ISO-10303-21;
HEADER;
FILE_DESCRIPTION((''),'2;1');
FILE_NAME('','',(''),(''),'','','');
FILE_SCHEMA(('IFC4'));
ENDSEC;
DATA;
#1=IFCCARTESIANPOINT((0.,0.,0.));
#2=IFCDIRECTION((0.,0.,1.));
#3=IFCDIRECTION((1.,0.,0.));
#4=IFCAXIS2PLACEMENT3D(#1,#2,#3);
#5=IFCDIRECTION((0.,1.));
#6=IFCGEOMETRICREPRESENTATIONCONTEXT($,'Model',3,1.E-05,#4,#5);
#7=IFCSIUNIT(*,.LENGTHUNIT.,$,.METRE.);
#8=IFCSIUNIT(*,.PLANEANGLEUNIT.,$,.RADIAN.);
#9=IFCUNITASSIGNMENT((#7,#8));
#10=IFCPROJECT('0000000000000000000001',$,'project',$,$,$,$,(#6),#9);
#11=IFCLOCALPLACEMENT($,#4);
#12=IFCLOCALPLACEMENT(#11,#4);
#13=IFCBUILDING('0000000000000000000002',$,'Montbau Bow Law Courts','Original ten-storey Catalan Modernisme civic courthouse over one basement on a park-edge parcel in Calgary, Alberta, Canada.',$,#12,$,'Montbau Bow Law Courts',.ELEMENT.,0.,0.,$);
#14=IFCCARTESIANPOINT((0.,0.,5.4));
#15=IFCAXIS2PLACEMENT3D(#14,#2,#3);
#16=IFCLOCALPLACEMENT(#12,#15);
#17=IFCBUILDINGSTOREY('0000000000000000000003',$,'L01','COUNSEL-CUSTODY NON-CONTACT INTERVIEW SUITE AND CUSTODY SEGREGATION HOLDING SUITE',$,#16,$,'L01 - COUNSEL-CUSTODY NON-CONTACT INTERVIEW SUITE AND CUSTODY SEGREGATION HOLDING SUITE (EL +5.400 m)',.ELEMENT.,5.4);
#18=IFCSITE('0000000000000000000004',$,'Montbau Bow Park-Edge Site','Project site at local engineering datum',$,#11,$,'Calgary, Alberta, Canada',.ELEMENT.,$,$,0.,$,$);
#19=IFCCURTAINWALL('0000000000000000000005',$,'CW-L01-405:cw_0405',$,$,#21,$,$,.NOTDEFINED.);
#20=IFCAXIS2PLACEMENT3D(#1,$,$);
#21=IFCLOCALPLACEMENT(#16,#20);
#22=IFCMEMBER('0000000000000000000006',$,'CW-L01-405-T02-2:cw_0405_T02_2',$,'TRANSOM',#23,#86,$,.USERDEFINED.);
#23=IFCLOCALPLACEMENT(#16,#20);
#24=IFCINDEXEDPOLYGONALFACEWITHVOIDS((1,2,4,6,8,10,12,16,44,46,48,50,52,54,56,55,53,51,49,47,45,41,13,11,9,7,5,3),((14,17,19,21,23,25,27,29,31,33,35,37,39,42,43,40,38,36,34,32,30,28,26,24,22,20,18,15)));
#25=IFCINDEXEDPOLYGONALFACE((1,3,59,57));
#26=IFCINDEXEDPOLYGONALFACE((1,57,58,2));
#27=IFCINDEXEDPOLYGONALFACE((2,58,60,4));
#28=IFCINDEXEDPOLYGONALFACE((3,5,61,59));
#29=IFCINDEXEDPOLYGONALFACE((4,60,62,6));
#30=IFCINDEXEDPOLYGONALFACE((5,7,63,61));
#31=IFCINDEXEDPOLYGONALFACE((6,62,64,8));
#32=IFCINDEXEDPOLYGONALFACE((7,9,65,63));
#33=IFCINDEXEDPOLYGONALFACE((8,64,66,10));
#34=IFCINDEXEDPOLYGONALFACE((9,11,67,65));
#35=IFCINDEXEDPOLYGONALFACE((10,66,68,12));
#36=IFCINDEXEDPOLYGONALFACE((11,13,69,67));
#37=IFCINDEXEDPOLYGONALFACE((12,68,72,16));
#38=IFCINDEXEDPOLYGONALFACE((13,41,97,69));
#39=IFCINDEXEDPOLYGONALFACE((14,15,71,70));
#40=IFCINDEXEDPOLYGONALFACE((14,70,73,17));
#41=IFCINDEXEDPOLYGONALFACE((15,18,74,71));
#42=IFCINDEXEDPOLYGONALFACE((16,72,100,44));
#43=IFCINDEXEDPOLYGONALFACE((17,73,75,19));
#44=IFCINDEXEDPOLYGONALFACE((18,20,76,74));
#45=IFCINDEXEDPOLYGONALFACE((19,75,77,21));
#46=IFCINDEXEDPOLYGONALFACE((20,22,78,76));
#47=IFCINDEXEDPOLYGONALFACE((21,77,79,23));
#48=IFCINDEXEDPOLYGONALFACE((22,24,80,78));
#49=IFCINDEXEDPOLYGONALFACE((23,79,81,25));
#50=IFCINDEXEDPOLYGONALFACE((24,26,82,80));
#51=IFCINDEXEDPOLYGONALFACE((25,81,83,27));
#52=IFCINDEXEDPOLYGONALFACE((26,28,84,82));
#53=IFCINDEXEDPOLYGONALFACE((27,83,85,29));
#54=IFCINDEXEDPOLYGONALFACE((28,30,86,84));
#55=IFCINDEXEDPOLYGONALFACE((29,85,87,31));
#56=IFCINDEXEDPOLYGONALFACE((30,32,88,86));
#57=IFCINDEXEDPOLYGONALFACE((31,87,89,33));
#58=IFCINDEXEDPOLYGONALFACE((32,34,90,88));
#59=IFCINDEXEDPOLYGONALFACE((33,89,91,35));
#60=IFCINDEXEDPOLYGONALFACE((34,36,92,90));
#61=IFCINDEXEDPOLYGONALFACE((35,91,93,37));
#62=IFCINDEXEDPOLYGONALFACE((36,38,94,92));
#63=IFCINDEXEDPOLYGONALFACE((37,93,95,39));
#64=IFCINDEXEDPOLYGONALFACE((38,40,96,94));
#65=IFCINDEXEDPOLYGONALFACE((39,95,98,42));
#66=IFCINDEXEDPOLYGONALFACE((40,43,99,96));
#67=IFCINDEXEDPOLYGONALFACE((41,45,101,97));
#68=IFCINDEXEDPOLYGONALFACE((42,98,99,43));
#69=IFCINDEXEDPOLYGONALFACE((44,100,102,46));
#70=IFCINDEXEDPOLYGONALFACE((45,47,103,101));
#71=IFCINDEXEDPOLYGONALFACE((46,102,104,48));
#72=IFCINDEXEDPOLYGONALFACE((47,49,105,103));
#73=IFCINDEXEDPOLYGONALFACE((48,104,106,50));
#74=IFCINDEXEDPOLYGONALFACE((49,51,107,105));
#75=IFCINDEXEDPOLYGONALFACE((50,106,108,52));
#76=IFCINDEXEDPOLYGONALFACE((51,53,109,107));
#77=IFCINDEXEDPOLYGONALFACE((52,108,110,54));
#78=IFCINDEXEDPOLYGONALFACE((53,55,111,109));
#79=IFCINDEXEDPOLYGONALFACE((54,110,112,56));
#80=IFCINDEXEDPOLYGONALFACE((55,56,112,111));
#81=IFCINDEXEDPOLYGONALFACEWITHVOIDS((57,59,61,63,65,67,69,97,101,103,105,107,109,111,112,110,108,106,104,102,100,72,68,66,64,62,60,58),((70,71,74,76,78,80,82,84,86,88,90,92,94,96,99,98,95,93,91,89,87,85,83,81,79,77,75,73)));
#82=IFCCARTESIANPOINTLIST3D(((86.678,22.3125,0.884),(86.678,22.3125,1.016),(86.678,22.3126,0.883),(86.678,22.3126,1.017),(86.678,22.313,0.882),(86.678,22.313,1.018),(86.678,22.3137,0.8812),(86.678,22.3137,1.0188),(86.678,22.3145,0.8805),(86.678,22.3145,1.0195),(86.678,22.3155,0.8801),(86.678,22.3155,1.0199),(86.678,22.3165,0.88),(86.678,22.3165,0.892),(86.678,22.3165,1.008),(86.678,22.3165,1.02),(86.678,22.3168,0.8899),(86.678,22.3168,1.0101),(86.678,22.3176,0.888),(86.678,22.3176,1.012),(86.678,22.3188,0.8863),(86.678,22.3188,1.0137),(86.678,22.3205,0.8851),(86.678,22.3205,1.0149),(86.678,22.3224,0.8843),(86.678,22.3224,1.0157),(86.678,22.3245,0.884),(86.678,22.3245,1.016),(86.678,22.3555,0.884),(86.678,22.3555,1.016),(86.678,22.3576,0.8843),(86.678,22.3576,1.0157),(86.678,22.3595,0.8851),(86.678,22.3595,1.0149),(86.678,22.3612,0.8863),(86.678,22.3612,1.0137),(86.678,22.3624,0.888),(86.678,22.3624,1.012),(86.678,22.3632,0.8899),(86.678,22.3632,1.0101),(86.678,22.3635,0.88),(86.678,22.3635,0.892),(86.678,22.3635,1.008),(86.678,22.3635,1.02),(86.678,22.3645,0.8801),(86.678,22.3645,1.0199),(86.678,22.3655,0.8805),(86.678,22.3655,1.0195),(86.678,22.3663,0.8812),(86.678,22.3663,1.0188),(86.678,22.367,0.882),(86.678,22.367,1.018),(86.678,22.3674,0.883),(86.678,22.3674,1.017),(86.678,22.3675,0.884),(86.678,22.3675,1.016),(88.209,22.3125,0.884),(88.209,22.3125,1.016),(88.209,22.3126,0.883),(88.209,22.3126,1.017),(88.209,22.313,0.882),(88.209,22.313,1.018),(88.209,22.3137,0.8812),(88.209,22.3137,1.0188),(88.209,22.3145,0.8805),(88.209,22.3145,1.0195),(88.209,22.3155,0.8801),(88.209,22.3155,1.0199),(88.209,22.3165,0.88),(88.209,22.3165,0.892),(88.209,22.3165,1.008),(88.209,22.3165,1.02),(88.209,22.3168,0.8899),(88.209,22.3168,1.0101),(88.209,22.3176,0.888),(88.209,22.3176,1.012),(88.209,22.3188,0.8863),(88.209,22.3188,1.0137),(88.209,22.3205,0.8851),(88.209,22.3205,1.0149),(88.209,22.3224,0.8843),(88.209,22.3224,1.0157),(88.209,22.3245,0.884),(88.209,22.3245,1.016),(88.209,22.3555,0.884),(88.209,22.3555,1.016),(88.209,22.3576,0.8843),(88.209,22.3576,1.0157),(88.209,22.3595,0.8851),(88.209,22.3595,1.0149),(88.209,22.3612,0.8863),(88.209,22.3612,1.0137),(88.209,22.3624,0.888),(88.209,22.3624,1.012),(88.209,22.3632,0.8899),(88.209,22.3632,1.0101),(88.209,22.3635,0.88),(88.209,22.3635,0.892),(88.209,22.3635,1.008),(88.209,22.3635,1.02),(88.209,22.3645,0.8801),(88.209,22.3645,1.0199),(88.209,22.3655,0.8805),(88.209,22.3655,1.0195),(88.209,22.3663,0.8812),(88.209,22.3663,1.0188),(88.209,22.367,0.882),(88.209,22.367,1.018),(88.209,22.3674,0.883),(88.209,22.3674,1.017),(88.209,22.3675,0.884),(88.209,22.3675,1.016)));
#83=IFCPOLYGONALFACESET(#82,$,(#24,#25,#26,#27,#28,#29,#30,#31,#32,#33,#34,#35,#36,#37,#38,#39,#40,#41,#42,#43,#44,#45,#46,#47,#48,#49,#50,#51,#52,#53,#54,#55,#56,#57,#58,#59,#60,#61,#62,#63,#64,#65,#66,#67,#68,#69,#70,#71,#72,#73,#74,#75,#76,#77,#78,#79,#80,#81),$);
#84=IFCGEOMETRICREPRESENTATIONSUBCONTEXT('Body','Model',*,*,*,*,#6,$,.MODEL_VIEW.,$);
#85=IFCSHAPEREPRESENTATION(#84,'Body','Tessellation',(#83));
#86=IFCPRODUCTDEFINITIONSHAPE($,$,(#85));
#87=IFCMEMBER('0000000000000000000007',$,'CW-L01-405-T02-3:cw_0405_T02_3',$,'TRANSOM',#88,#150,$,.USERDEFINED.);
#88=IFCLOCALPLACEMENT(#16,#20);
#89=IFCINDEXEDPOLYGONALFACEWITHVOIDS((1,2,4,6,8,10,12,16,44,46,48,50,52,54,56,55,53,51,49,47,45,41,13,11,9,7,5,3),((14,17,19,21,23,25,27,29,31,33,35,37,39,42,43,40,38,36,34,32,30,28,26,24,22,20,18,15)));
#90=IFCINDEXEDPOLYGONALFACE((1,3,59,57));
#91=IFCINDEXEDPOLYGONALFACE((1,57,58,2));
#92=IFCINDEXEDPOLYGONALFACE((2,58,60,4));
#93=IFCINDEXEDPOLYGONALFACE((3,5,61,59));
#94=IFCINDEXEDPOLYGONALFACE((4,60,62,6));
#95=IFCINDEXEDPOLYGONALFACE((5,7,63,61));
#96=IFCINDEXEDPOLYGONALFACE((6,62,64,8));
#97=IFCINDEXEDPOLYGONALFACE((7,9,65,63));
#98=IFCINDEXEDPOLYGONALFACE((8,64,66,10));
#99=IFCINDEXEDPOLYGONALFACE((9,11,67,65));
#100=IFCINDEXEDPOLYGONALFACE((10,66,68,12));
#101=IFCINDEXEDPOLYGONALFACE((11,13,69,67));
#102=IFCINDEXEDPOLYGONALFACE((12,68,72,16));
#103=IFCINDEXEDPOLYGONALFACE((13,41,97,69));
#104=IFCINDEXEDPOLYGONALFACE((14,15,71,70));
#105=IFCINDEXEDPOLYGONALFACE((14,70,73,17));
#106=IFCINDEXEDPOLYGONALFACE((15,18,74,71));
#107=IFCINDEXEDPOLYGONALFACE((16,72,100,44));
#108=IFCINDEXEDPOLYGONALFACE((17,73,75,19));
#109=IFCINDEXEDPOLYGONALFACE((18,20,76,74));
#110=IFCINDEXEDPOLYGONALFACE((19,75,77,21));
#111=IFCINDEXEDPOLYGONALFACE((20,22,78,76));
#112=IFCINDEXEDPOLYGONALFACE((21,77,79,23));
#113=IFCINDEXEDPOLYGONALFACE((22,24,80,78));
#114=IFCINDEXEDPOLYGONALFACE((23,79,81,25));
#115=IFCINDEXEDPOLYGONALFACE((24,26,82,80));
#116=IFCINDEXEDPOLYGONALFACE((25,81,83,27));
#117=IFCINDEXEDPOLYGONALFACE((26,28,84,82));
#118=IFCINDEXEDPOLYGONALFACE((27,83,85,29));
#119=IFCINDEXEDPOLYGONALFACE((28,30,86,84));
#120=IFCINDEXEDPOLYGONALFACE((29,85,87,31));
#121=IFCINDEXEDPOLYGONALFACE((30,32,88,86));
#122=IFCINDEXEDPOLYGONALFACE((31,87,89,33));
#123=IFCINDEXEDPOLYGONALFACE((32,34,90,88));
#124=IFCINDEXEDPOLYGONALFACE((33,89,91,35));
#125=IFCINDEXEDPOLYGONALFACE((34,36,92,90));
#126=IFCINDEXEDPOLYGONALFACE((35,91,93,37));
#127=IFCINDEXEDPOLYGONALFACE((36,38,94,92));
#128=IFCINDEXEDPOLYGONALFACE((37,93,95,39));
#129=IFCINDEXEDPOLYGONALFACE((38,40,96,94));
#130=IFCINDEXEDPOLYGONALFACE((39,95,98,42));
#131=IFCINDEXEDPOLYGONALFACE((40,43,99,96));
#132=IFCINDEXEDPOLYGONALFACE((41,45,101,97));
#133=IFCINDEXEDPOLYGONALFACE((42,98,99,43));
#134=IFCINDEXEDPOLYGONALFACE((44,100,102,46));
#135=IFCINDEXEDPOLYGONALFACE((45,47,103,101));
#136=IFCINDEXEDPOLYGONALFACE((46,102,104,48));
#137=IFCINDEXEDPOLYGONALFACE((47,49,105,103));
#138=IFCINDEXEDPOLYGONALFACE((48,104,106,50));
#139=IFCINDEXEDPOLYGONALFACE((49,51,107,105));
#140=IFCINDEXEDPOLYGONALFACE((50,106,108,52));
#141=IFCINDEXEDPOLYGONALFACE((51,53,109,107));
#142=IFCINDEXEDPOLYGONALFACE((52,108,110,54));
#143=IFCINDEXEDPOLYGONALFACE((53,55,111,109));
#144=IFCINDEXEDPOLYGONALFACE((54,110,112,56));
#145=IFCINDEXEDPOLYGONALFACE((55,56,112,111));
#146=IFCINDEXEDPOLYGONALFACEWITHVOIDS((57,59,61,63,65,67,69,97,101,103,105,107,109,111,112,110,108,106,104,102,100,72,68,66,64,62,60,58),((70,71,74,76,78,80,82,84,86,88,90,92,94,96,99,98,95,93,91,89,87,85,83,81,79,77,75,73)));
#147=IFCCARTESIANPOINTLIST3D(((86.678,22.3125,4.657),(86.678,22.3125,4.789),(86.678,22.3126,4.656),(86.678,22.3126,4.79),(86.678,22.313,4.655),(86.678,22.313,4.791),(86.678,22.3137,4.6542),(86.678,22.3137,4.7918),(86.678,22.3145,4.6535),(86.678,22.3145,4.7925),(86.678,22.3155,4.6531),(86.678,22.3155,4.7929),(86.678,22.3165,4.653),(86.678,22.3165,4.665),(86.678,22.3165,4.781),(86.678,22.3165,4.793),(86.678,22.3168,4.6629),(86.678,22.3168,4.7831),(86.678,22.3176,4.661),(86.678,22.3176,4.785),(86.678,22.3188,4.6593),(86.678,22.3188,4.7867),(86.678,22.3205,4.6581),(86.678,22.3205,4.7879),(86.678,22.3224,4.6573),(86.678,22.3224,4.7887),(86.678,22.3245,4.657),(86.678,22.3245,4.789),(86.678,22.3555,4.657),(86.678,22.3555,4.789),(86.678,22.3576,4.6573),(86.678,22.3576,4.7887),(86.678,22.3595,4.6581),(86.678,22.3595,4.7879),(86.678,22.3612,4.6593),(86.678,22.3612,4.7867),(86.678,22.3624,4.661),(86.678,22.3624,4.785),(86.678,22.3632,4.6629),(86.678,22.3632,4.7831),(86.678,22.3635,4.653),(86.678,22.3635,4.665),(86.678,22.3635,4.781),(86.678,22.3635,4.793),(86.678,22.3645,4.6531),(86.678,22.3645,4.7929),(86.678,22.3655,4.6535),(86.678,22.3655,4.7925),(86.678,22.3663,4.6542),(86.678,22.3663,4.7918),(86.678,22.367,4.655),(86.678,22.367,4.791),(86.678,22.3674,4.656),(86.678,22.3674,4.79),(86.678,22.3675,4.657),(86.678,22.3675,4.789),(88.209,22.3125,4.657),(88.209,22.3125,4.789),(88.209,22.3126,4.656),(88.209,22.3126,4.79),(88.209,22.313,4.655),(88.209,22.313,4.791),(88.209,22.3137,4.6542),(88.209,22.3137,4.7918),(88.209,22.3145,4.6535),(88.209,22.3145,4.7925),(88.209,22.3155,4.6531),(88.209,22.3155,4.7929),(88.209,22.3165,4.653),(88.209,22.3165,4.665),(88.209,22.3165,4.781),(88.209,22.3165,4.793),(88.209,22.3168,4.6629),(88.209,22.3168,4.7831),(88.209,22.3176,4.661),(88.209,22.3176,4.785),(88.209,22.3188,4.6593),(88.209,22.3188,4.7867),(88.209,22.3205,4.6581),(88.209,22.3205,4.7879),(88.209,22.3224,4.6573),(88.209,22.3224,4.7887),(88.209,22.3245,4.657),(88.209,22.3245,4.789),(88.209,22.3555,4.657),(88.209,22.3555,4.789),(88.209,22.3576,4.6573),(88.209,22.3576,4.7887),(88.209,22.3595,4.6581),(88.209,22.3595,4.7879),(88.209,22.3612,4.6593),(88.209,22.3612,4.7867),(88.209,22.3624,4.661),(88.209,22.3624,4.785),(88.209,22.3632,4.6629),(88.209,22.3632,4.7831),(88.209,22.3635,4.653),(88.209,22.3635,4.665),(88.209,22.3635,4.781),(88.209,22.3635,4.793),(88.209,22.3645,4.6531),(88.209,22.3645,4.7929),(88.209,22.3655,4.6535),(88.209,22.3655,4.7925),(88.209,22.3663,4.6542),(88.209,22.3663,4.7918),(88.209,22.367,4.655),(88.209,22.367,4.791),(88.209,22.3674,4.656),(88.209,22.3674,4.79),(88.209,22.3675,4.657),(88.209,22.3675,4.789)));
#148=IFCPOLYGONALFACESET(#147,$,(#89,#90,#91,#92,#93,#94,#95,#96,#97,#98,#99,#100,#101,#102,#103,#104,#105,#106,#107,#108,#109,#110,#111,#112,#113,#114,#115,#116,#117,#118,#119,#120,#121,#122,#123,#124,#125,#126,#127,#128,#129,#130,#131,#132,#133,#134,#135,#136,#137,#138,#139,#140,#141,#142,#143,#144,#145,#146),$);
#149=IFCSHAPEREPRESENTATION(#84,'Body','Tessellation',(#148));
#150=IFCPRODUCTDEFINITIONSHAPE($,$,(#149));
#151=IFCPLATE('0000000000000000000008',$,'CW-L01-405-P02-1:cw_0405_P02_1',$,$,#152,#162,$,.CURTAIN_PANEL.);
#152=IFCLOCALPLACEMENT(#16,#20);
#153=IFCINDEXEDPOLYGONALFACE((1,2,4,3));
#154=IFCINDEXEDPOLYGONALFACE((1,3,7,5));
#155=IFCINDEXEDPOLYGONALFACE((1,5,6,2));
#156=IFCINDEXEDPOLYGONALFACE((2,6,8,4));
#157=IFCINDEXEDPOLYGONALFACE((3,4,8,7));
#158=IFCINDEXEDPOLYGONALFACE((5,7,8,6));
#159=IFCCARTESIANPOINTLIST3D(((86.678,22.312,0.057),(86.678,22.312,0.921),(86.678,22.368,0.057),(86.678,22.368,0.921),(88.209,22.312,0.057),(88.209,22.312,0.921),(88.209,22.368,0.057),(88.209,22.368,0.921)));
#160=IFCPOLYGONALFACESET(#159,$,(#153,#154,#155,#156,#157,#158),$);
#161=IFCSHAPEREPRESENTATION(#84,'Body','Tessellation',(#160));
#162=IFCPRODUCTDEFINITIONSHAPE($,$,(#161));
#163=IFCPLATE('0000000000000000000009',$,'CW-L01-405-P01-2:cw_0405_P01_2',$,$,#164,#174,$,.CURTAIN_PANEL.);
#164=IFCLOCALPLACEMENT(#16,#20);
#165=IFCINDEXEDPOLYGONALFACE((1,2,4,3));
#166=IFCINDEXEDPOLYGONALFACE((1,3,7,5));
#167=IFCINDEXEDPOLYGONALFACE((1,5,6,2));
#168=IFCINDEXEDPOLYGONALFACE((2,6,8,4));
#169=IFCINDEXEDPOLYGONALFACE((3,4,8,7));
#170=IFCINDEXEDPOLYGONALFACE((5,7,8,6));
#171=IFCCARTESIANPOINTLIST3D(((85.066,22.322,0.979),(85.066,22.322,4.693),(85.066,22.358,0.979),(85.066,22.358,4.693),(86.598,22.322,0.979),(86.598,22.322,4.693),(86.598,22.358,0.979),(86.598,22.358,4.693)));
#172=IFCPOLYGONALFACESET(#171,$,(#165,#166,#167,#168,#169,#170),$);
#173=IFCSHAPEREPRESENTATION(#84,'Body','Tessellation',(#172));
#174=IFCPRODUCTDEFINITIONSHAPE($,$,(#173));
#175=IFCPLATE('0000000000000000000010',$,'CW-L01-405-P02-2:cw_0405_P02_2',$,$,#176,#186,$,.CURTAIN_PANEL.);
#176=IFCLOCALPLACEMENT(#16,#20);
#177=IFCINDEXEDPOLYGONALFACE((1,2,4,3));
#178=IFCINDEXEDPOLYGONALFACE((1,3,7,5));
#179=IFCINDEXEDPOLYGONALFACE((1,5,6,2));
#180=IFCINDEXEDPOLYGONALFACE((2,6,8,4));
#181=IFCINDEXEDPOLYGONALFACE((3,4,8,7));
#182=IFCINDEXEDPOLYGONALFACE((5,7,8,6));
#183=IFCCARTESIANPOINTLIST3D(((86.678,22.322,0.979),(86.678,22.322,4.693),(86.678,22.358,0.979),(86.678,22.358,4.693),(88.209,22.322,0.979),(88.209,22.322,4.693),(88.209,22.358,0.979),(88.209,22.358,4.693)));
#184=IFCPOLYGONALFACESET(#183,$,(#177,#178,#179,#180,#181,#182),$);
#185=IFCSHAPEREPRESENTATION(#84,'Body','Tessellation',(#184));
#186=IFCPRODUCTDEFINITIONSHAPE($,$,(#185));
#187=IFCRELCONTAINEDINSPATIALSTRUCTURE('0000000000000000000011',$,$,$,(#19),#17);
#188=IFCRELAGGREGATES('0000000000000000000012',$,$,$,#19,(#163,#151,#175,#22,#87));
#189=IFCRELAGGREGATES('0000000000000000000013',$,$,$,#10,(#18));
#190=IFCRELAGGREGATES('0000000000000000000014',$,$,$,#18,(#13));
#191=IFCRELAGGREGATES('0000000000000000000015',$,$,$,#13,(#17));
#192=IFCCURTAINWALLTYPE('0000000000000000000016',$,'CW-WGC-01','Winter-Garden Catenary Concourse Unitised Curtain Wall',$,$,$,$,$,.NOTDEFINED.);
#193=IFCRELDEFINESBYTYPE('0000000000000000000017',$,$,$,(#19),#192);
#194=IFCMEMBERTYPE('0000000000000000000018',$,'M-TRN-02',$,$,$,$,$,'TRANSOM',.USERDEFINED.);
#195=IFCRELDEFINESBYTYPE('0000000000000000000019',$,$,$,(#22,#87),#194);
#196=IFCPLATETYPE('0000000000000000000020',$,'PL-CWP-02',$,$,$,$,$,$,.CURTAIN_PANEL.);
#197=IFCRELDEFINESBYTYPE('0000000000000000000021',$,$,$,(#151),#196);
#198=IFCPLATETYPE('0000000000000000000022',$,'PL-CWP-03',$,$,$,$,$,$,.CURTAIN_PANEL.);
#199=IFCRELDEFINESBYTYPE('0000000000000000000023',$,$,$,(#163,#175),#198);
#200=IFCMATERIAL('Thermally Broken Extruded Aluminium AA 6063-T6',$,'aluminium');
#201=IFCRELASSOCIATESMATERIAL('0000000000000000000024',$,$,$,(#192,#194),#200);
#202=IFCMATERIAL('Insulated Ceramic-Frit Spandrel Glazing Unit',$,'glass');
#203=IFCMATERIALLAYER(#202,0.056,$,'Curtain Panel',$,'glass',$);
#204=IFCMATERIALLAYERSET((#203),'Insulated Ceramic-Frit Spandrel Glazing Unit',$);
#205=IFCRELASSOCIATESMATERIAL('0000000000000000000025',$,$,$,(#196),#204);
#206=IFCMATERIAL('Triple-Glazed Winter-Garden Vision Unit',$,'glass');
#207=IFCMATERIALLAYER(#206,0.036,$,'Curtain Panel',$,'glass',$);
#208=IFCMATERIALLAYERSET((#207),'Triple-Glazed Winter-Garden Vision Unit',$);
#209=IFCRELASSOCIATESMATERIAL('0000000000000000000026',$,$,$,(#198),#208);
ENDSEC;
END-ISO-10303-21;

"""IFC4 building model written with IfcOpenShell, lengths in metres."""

from ifc_helpers import new_model, si_unit, direction, frame, frame_2d, origin_with_axes, origin_2d_with_axis, place, context, subcontext, project, spatial, rectangle, hollow_rectangle, extrude, material, layer, layer_set, material_profile, profile_set, type_object, element, aggregate, save


model = new_model("IFC4")

# Units and contexts
model_context = context("Model", 3, precision=1e-05, world=origin_with_axes(), true_north=direction((0.0, 1.0)))
body_context = subcontext(model_context, "Body", "Model", "MODEL_VIEW")
ifc_project = project(units=[si_unit("LENGTHUNIT", "METRE"), si_unit("PLANEANGLEUNIT", "RADIAN")], contexts=[model_context])

# Site, building, storey
site_placement = place(None, origin_with_axes())
site = spatial("IfcSite", under=ifc_project, at=site_placement, Name="Montbau Bow Park-Edge Site", Description="Project site at local engineering datum", LongName="Calgary, Alberta, Canada", CompositionType="ELEMENT", RefElevation=0.0)
building_placement = place(site_placement, origin_with_axes())
building = spatial("IfcBuilding", under=site, at=building_placement, Name="Montbau Bow Law Courts", Description="Original ten-storey Catalan Modernisme civic courthouse over one basement on a park-edge parcel in Calgary, Alberta, Canada.", LongName="Montbau Bow Law Courts", CompositionType="ELEMENT", ElevationOfRefHeight=0.0, ElevationOfTerrain=0.0)
storey_placement = place(building_placement, frame((0.0, 0.0, 5.4), z_axis=(0.0, 0.0, 1.0), x_axis=(1.0, 0.0, 0.0)))
storey = spatial("IfcBuildingStorey", under=building, at=storey_placement, Name="L01", Description="COUNSEL-CUSTODY NON-CONTACT INTERVIEW SUITE AND CUSTODY SEGREGATION HOLDING SUITE", LongName="L01 - COUNSEL-CUSTODY NON-CONTACT INTERVIEW SUITE AND CUSTODY SEGREGATION HOLDING SUITE (EL +5.400 m)", CompositionType="ELEMENT", Elevation=5.4)

# Curtain wall, members, plates
ifc_material_1 = material(Name="Thermally Broken Extruded Aluminium AA 6063-T6", Category="aluminium")
curtain_wall_type = type_object("IfcCurtainWallType", Name="CW-WGC-01", Description="Winter-Garden Catenary Concourse Unitised Curtain Wall", PredefinedType="NOTDEFINED", material=ifc_material_1)
curtain_wall_placement = place(None, frame((84.99, 22.34, 5.4), z_axis=(0.0, 0.0, 1.0), x_axis=(1.0, 0.0, 0.0)))
curtain_wall = element("IfcCurtainWall", 1, at=curtain_wall_placement, inside=storey, type_object=curtain_wall_type, Name="CW-L01-405:cw_0405", PredefinedType="NOTDEFINED")
ifc_material_profile_1 = material_profile(ifc_material_1, hollow_rectangle(XDim=0.055, YDim=0.14, WallThickness=0.004, InnerFilletRadius=0.008, OuterFilletRadius=0.004, at=origin_2d_with_axis()), Name="CWT-140X55", Category="Main", Priority=0)
ifc_profile_set_1 = profile_set([ifc_material_profile_1], Name="Thermally Broken Extruded Aluminium AA 6063-T6")
member_type_1 = type_object("IfcMemberType", Name="M-TRN-02", ElementType="TRANSOM", PredefinedType="USERDEFINED", material=ifc_profile_set_1)
member_1_placement = place(None, frame((86.678, 22.34, 6.35), z_axis=(1.0, 0.0, 0.0), x_axis=(0.0, 1.0, 0.0)))
member_1 = element("IfcMember", 2, at=member_1_placement, type_object=member_type_1, Name="CW-L01-405-T02-2:cw_0405_T02_2", ObjectType="TRANSOM", PredefinedType="USERDEFINED", context=body_context, shape_type="SweptSolid", body=[
    extrude(hollow_rectangle(XDim=0.055, YDim=0.14, WallThickness=0.004, InnerFilletRadius=0.008, OuterFilletRadius=0.004, at=origin_2d_with_axis()), origin_with_axes(), (0.0, 0.0, 1.0), 1.531),
])
member_2_placement = place(None, frame((86.678, 22.34, 10.123), z_axis=(1.0, 0.0, 0.0), x_axis=(0.0, 1.0, 0.0)))
member_2 = element("IfcMember", 3, at=member_2_placement, type_object=member_type_1, Name="CW-L01-405-T02-3:cw_0405_T02_3", ObjectType="TRANSOM", PredefinedType="USERDEFINED", context=body_context, shape_type="SweptSolid", body=[
    extrude(hollow_rectangle(XDim=0.055, YDim=0.14, WallThickness=0.004, InnerFilletRadius=0.008, OuterFilletRadius=0.004, at=origin_2d_with_axis()), origin_with_axes(), (0.0, 0.0, 1.0), 1.531),
])
ifc_material_2 = material(Name="Insulated Ceramic-Frit Spandrel Glazing Unit", Category="glass")
ifc_layer_1 = layer(ifc_material_2, 0.056, Name="Curtain Panel", Category="glass")
ifc_layer_set_1 = layer_set([ifc_layer_1], Name="Insulated Ceramic-Frit Spandrel Glazing Unit")
plate_type_1 = type_object("IfcPlateType", Name="PL-CWP-02", PredefinedType="CURTAIN_PANEL", material=ifc_layer_set_1)
plate_1_placement = place(None, frame((86.678, 22.34, 5.457), z_axis=(0.0, -1.0, 0.0), x_axis=(1.0, 0.0, 0.0)))
plate_1 = element("IfcPlate", 4, at=plate_1_placement, type_object=plate_type_1, Name="CW-L01-405-P02-1:cw_0405_P02_1", PredefinedType="CURTAIN_PANEL", context=body_context, shape_type="SweptSolid", body=[
    extrude(rectangle(XDim=1.531, YDim=0.864, at=frame_2d((0.7655, 0.432), x_axis=(1.0, 0.0))), frame((0.0, 0.0, -0.028), z_axis=(0.0, 0.0, 1.0), x_axis=(1.0, 0.0, 0.0)), (0.0, 0.0, 1.0), 0.056),
])
ifc_material_3 = material(Name="Triple-Glazed Winter-Garden Vision Unit", Category="glass")
ifc_layer_2 = layer(ifc_material_3, 0.036, Name="Curtain Panel", Category="glass")
ifc_layer_set_2 = layer_set([ifc_layer_2], Name="Triple-Glazed Winter-Garden Vision Unit")
plate_type_2 = type_object("IfcPlateType", Name="PL-CWP-03", PredefinedType="CURTAIN_PANEL", material=ifc_layer_set_2)
plate_2_placement = place(None, frame((85.066, 22.34, 6.379), z_axis=(0.0, -1.0, 0.0), x_axis=(1.0, 0.0, 0.0)))
plate_2 = element("IfcPlate", 5, at=plate_2_placement, type_object=plate_type_2, Name="CW-L01-405-P01-2:cw_0405_P01_2", PredefinedType="CURTAIN_PANEL", context=body_context, shape_type="SweptSolid", body=[
    extrude(rectangle(XDim=1.532, YDim=3.714, at=frame_2d((0.766, 1.857), x_axis=(1.0, 0.0))), frame((0.0, 0.0, -0.018), z_axis=(0.0, 0.0, 1.0), x_axis=(1.0, 0.0, 0.0)), (0.0, 0.0, 1.0), 0.036),
])
plate_3_placement = place(None, frame((86.678, 22.34, 6.379), z_axis=(0.0, -1.0, 0.0), x_axis=(1.0, 0.0, 0.0)))
plate_3 = element("IfcPlate", 6, at=plate_3_placement, type_object=plate_type_2, Name="CW-L01-405-P02-2:cw_0405_P02_2", PredefinedType="CURTAIN_PANEL", context=body_context, shape_type="SweptSolid", body=[
    extrude(rectangle(XDim=1.531, YDim=3.714, at=frame_2d((0.7655, 1.857), x_axis=(1.0, 0.0))), frame((0.0, 0.0, -0.018), z_axis=(0.0, 0.0, 1.0), x_axis=(1.0, 0.0, 0.0)), (0.0, 0.0, 1.0), 0.036),
])
aggregate(curtain_wall, [plate_2, plate_1, plate_3, member_1, member_2])

save(model, "model.ifc")
